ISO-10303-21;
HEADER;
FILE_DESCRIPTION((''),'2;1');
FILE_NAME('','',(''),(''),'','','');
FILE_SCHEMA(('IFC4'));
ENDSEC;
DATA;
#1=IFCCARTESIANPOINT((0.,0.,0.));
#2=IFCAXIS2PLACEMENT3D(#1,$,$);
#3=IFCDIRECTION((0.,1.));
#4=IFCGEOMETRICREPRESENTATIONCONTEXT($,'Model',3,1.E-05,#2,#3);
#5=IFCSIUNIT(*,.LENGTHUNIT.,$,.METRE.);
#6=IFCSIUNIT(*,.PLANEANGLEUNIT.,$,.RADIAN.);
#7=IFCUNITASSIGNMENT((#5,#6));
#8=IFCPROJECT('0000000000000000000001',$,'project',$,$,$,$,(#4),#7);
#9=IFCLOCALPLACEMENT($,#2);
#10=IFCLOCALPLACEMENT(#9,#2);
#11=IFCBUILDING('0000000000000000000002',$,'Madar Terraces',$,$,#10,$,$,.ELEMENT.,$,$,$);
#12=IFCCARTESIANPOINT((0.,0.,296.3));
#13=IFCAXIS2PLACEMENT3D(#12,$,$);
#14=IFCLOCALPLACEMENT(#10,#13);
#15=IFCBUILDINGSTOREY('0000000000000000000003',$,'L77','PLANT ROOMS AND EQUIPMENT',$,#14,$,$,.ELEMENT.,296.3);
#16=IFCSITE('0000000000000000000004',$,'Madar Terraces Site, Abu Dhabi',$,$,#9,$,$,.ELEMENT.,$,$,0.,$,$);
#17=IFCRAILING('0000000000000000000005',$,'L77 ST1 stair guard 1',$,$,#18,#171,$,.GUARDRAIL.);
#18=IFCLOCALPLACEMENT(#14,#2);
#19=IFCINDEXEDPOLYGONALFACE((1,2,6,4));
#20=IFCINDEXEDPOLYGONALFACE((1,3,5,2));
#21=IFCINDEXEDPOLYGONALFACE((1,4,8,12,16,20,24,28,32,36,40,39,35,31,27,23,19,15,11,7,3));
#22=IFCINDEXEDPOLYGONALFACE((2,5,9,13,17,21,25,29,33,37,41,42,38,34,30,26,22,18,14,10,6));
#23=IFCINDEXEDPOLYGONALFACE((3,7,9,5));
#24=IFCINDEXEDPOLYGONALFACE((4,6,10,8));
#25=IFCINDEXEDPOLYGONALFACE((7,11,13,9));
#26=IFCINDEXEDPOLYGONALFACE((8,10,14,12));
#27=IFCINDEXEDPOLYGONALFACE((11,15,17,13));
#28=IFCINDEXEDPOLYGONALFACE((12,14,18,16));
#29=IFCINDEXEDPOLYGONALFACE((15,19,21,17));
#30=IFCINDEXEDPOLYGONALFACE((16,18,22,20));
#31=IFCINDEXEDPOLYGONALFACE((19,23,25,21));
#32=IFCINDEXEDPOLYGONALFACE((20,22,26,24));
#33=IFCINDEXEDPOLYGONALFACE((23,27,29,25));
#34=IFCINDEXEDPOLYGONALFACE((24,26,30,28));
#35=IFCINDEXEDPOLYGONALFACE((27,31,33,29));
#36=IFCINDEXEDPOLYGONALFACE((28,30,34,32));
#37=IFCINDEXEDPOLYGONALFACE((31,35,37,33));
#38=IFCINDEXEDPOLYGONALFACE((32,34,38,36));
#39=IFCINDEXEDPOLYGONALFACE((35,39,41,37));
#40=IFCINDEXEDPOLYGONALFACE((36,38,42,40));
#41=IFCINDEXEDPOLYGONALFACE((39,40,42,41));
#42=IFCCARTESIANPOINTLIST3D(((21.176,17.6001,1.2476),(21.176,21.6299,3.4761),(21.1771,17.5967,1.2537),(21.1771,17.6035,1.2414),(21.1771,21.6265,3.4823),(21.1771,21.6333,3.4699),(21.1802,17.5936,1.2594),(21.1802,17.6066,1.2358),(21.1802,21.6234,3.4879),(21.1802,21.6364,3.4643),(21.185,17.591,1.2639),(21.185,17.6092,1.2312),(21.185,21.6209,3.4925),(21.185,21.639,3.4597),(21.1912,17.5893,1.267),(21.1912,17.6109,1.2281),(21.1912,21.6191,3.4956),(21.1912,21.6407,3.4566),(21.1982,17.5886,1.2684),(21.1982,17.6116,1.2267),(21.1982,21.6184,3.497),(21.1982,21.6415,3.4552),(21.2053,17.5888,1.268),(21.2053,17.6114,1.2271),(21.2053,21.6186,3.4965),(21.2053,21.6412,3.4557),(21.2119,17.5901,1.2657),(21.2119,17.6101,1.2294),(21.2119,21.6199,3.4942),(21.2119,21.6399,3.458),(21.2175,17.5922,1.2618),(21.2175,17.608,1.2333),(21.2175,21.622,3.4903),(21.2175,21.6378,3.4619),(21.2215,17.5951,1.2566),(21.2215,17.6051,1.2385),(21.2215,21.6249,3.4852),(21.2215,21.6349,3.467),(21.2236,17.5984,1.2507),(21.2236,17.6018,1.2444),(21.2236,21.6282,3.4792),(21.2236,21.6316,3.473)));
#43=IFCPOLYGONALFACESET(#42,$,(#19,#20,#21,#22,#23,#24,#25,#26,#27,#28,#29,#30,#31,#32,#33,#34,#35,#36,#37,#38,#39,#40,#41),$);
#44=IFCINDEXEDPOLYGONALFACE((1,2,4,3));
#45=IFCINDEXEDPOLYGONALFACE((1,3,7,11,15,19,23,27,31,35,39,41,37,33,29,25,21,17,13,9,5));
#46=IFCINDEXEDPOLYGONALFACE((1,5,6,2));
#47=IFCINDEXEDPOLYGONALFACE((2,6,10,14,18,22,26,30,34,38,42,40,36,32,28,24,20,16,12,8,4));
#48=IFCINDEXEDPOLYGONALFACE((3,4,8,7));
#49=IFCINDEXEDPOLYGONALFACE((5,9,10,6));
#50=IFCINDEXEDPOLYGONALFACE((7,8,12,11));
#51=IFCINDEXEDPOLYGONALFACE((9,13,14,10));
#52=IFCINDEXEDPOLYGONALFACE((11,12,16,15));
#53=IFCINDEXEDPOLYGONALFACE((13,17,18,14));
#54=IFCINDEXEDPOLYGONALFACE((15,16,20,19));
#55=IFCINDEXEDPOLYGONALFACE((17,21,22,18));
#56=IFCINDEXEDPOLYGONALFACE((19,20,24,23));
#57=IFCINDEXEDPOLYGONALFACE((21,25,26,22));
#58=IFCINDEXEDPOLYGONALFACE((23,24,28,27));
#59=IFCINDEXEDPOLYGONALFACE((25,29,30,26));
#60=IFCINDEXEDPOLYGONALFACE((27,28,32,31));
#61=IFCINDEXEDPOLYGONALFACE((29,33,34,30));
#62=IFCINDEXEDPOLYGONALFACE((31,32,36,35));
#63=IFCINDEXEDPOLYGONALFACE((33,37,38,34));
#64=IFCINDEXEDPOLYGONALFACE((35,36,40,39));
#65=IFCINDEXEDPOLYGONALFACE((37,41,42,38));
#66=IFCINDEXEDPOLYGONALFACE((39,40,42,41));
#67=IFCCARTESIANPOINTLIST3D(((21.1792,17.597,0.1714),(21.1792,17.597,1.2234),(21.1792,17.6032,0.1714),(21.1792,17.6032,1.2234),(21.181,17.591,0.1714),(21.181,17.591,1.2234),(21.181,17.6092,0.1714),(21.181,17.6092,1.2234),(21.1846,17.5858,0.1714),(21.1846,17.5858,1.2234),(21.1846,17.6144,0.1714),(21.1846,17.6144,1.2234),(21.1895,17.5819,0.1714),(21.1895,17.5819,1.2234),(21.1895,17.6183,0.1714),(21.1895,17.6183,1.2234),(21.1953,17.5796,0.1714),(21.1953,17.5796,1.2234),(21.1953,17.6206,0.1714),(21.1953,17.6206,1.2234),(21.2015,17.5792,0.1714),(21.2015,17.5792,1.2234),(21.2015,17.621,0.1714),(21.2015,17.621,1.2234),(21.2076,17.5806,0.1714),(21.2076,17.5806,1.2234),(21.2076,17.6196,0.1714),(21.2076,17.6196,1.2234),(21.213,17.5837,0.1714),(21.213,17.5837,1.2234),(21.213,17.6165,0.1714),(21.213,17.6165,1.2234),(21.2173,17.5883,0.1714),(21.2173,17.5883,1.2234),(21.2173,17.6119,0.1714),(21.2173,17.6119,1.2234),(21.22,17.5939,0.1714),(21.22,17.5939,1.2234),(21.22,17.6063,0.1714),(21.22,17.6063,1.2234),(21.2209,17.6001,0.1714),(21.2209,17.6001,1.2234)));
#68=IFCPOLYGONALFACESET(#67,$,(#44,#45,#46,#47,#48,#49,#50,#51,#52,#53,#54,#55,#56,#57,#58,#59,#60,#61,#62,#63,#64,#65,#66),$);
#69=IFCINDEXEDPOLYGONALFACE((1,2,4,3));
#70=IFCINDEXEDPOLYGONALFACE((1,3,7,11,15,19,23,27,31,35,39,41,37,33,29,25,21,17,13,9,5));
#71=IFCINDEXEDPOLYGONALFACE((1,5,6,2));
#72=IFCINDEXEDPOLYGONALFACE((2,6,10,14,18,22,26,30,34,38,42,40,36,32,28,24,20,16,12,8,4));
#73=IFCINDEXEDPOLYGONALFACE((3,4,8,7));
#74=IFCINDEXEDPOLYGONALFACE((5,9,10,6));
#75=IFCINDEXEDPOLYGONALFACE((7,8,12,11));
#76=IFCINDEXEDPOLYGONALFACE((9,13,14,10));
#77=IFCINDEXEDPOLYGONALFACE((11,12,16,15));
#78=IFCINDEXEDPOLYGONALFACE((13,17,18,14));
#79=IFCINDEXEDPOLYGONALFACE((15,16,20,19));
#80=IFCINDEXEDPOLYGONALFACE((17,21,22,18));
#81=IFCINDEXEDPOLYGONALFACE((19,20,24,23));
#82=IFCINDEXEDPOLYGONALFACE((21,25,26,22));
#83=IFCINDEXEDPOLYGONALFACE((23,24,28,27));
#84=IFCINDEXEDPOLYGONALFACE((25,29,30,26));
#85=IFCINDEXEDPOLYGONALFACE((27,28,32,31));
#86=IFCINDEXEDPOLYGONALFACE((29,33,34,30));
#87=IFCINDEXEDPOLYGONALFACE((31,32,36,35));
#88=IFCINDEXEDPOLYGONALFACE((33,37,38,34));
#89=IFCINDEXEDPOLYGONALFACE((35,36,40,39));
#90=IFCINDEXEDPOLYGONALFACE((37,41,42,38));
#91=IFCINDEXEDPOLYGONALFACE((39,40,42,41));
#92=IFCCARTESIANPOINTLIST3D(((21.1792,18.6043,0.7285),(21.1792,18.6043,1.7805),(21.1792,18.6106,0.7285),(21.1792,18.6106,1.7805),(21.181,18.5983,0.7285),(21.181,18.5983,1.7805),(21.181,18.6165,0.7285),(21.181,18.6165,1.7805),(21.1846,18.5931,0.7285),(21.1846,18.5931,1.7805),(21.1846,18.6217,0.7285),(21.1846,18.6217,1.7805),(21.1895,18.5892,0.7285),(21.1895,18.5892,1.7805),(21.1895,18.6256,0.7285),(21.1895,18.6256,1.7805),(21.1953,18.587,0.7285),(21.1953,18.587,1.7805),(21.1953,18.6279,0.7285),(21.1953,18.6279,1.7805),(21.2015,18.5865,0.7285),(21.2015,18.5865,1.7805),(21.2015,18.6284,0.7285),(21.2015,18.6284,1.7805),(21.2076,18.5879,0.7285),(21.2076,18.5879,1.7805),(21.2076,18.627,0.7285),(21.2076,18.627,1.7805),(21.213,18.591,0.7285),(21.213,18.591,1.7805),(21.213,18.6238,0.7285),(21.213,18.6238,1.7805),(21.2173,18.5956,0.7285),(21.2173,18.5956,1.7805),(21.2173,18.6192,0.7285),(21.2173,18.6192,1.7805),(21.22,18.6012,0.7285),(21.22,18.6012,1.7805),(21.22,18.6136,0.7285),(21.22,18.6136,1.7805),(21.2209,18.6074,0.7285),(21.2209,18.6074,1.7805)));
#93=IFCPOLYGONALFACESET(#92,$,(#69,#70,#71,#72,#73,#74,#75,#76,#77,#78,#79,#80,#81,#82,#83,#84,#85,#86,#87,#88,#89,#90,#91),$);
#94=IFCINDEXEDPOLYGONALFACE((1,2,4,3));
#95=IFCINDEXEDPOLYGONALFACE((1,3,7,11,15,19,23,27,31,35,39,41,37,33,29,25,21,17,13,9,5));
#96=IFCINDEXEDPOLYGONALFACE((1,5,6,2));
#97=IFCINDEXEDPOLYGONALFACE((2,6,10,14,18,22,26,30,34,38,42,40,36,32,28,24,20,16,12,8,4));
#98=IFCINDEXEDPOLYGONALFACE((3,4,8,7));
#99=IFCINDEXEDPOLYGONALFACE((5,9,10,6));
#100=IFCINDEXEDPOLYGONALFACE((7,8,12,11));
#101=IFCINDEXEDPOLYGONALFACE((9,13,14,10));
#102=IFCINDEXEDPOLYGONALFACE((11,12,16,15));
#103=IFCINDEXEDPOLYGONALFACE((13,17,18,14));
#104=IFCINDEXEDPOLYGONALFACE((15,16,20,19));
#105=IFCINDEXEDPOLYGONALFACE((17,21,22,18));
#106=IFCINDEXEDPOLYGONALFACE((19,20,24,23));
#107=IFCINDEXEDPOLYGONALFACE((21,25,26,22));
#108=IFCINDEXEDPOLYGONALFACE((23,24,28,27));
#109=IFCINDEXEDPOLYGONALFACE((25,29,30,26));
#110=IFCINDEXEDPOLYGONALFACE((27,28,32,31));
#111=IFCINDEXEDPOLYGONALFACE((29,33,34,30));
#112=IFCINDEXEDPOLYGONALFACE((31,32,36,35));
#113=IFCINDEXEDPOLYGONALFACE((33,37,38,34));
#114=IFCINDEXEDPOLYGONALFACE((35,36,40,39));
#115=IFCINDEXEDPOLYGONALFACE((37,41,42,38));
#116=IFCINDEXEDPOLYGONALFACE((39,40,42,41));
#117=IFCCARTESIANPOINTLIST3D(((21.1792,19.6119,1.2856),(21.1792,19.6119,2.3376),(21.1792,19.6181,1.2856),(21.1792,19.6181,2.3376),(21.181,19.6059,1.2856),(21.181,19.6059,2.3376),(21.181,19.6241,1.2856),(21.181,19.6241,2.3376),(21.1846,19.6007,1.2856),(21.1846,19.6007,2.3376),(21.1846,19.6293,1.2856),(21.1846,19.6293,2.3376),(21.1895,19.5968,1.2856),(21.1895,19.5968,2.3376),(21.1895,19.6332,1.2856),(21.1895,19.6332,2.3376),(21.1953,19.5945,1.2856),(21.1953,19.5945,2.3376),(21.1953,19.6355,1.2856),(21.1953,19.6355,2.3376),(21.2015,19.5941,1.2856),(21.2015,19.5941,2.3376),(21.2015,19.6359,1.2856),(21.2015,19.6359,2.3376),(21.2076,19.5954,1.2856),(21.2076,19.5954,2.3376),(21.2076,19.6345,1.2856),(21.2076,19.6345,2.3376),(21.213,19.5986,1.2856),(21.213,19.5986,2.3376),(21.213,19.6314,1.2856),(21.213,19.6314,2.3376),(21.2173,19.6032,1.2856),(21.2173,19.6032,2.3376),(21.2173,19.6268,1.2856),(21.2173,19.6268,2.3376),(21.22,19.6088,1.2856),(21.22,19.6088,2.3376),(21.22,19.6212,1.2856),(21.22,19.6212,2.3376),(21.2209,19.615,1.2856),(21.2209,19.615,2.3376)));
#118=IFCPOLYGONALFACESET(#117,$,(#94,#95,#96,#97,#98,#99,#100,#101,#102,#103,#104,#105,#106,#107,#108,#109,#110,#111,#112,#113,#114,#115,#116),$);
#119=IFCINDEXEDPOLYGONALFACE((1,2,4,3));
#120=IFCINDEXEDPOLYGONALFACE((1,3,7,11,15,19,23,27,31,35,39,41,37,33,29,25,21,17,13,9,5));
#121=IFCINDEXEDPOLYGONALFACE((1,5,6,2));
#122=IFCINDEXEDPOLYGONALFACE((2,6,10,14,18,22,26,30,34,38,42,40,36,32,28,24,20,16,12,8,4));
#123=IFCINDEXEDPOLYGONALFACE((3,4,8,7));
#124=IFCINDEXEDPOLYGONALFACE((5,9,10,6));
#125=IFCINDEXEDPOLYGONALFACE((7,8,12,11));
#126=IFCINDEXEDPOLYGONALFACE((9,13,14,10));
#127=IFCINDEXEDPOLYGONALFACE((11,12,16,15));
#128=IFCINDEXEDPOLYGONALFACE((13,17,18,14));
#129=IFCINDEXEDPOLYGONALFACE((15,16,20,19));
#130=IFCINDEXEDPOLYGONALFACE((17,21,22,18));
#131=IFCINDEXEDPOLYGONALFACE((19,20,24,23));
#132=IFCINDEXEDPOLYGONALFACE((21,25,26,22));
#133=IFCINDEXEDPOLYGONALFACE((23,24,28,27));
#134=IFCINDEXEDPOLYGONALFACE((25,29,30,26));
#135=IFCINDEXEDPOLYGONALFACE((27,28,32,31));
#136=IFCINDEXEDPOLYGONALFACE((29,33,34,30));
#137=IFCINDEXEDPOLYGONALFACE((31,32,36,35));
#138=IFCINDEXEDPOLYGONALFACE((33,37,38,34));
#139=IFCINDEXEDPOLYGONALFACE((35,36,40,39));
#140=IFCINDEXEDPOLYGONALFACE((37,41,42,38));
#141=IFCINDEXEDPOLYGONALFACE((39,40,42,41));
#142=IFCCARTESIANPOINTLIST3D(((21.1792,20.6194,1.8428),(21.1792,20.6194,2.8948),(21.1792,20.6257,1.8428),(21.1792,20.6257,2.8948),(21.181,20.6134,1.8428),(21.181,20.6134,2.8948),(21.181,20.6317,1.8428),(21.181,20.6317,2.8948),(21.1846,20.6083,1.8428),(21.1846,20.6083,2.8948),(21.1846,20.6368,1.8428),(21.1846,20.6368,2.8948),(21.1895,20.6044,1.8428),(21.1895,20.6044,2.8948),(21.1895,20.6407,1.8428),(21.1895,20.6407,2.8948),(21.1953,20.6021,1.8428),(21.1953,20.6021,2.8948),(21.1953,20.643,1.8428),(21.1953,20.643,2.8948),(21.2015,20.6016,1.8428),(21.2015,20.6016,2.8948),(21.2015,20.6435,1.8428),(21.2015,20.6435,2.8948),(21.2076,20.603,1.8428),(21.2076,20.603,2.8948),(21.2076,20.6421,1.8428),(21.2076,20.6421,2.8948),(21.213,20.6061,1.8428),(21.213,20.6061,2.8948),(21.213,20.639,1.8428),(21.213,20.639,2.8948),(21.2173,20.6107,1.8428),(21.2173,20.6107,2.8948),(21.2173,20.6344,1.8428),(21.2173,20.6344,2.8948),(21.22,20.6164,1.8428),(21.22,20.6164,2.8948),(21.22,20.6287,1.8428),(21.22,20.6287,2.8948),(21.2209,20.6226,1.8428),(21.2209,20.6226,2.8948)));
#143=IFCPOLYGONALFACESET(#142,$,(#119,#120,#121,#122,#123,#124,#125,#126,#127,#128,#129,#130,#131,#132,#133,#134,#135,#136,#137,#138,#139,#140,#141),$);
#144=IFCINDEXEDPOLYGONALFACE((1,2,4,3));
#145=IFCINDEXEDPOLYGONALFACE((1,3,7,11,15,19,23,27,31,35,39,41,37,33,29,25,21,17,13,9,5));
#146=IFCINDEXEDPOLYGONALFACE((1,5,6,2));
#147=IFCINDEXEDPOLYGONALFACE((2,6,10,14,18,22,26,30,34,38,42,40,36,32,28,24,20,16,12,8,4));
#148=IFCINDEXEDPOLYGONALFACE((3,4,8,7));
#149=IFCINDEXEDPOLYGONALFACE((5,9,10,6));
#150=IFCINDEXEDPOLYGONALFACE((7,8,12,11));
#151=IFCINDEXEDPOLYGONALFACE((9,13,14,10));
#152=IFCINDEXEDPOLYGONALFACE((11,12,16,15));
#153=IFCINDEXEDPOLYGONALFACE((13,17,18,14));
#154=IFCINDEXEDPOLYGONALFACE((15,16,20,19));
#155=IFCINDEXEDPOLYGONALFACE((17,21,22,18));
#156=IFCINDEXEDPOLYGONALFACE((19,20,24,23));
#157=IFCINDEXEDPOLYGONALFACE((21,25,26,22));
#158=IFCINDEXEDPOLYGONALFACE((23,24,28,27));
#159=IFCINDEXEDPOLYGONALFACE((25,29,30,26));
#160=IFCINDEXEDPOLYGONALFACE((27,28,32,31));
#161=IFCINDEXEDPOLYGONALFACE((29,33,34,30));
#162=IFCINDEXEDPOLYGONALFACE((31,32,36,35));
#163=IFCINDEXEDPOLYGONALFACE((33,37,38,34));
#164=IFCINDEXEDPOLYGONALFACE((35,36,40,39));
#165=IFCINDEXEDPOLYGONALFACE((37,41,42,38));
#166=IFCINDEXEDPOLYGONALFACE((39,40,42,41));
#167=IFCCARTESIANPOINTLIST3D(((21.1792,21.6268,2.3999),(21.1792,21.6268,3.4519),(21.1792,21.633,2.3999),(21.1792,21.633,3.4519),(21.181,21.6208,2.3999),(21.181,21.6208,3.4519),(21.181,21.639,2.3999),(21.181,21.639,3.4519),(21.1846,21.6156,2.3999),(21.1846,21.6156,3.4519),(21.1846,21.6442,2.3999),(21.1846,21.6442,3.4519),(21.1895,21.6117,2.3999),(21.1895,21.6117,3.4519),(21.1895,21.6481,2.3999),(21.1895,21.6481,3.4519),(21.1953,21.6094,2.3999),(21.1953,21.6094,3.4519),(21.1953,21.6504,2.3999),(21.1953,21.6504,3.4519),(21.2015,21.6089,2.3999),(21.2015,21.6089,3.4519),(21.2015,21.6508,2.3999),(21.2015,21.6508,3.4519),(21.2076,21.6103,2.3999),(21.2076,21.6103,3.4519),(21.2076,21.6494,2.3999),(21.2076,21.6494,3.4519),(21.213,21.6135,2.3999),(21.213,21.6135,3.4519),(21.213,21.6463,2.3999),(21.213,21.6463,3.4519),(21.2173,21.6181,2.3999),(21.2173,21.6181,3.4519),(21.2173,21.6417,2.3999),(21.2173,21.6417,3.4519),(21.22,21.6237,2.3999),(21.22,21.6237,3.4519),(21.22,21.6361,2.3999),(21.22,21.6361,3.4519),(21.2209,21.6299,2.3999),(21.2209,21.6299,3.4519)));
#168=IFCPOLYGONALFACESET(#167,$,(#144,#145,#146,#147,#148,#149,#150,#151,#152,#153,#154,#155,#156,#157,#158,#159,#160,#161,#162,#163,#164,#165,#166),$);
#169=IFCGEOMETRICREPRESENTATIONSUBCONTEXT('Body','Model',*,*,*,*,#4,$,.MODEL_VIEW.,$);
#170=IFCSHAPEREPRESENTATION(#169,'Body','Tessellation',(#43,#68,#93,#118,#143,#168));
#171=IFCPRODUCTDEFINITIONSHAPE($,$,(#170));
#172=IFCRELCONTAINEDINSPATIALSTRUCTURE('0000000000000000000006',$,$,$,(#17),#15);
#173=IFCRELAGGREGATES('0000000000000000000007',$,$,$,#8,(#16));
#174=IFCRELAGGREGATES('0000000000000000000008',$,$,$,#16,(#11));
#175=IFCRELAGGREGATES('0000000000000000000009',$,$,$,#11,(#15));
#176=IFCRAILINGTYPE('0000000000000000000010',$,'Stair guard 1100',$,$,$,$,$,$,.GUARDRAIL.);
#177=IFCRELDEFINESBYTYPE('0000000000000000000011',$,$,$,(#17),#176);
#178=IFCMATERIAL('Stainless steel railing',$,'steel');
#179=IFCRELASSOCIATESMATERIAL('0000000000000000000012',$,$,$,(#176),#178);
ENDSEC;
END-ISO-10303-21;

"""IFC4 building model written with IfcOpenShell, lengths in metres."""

from ifc_helpers import new_model, si_unit, direction, frame, origin, origin_2d, place, context, subcontext, project, spatial, circle, extrude, material, type_object, element, save


model = new_model("IFC4")

# Units and contexts
model_context = context("Model", 3, precision=1e-05, world=origin(), true_north=direction((0.0, 1.0)))
body_context = subcontext(model_context, "Body", "Model", "MODEL_VIEW")
ifc_project = project(units=[si_unit("LENGTHUNIT", "METRE"), si_unit("PLANEANGLEUNIT", "RADIAN")], contexts=[model_context])

# Site, building, storey
site_placement = place(None, origin())
site = spatial("IfcSite", under=ifc_project, at=site_placement, Name="Madar Terraces Site, Abu Dhabi", CompositionType="ELEMENT", RefElevation=0.0)
building_placement = place(site_placement, origin())
building = spatial("IfcBuilding", under=site, at=building_placement, Name="Madar Terraces", CompositionType="ELEMENT")
storey_placement = place(building_placement, frame((0.0, 0.0, 296.3)))
storey = spatial("IfcBuildingStorey", under=building, at=storey_placement, Name="L77", Description="PLANT ROOMS AND EQUIPMENT", CompositionType="ELEMENT", Elevation=296.3)

# Railing
ifc_material_1 = material(Name="Stainless steel railing", Category="steel")
railing_type_1 = type_object("IfcRailingType", Name="Stair guard 1100", PredefinedType="GUARDRAIL", material=ifc_material_1)
railing_1_placement = place(storey_placement, frame((21.2, 17.6001, 0.1714)))
element("IfcRailing", 1, at=railing_1_placement, inside=storey, type_object=railing_type_1, Name="L77 ST1 stair guard 1", PredefinedType="GUARDRAIL", context=body_context, shape_type="SweptSolid", body=[
    extrude(circle(Radius=0.0239, at=origin_2d()), frame((0.0, 0.0, 1.0762), z_axis=(0.0, 0.875101, 0.48394), x_axis=(-1.0, 0.0, 0.0)), (0.0, 0.0, 1.0), 4.605),
    extrude(circle(Radius=0.021, at=origin_2d()), origin(), (0.0, 0.0, 1.0), 1.052),
    extrude(circle(Radius=0.021, at=origin_2d()), frame((0.0, 1.0073, 0.5571)), (0.0, 0.0, 1.0), 1.052),
    extrude(circle(Radius=0.021, at=origin_2d()), frame((0.0, 2.0149, 1.1143)), (0.0, 0.0, 1.0), 1.052),
    extrude(circle(Radius=0.021, at=origin_2d()), frame((0.0, 3.0225, 1.6714)), (0.0, 0.0, 1.0), 1.052),
    extrude(circle(Radius=0.021, at=origin_2d()), frame((0.0, 4.0298, 2.2285)), (0.0, 0.0, 1.0), 1.052),
])

save(model, "model.ifc")
